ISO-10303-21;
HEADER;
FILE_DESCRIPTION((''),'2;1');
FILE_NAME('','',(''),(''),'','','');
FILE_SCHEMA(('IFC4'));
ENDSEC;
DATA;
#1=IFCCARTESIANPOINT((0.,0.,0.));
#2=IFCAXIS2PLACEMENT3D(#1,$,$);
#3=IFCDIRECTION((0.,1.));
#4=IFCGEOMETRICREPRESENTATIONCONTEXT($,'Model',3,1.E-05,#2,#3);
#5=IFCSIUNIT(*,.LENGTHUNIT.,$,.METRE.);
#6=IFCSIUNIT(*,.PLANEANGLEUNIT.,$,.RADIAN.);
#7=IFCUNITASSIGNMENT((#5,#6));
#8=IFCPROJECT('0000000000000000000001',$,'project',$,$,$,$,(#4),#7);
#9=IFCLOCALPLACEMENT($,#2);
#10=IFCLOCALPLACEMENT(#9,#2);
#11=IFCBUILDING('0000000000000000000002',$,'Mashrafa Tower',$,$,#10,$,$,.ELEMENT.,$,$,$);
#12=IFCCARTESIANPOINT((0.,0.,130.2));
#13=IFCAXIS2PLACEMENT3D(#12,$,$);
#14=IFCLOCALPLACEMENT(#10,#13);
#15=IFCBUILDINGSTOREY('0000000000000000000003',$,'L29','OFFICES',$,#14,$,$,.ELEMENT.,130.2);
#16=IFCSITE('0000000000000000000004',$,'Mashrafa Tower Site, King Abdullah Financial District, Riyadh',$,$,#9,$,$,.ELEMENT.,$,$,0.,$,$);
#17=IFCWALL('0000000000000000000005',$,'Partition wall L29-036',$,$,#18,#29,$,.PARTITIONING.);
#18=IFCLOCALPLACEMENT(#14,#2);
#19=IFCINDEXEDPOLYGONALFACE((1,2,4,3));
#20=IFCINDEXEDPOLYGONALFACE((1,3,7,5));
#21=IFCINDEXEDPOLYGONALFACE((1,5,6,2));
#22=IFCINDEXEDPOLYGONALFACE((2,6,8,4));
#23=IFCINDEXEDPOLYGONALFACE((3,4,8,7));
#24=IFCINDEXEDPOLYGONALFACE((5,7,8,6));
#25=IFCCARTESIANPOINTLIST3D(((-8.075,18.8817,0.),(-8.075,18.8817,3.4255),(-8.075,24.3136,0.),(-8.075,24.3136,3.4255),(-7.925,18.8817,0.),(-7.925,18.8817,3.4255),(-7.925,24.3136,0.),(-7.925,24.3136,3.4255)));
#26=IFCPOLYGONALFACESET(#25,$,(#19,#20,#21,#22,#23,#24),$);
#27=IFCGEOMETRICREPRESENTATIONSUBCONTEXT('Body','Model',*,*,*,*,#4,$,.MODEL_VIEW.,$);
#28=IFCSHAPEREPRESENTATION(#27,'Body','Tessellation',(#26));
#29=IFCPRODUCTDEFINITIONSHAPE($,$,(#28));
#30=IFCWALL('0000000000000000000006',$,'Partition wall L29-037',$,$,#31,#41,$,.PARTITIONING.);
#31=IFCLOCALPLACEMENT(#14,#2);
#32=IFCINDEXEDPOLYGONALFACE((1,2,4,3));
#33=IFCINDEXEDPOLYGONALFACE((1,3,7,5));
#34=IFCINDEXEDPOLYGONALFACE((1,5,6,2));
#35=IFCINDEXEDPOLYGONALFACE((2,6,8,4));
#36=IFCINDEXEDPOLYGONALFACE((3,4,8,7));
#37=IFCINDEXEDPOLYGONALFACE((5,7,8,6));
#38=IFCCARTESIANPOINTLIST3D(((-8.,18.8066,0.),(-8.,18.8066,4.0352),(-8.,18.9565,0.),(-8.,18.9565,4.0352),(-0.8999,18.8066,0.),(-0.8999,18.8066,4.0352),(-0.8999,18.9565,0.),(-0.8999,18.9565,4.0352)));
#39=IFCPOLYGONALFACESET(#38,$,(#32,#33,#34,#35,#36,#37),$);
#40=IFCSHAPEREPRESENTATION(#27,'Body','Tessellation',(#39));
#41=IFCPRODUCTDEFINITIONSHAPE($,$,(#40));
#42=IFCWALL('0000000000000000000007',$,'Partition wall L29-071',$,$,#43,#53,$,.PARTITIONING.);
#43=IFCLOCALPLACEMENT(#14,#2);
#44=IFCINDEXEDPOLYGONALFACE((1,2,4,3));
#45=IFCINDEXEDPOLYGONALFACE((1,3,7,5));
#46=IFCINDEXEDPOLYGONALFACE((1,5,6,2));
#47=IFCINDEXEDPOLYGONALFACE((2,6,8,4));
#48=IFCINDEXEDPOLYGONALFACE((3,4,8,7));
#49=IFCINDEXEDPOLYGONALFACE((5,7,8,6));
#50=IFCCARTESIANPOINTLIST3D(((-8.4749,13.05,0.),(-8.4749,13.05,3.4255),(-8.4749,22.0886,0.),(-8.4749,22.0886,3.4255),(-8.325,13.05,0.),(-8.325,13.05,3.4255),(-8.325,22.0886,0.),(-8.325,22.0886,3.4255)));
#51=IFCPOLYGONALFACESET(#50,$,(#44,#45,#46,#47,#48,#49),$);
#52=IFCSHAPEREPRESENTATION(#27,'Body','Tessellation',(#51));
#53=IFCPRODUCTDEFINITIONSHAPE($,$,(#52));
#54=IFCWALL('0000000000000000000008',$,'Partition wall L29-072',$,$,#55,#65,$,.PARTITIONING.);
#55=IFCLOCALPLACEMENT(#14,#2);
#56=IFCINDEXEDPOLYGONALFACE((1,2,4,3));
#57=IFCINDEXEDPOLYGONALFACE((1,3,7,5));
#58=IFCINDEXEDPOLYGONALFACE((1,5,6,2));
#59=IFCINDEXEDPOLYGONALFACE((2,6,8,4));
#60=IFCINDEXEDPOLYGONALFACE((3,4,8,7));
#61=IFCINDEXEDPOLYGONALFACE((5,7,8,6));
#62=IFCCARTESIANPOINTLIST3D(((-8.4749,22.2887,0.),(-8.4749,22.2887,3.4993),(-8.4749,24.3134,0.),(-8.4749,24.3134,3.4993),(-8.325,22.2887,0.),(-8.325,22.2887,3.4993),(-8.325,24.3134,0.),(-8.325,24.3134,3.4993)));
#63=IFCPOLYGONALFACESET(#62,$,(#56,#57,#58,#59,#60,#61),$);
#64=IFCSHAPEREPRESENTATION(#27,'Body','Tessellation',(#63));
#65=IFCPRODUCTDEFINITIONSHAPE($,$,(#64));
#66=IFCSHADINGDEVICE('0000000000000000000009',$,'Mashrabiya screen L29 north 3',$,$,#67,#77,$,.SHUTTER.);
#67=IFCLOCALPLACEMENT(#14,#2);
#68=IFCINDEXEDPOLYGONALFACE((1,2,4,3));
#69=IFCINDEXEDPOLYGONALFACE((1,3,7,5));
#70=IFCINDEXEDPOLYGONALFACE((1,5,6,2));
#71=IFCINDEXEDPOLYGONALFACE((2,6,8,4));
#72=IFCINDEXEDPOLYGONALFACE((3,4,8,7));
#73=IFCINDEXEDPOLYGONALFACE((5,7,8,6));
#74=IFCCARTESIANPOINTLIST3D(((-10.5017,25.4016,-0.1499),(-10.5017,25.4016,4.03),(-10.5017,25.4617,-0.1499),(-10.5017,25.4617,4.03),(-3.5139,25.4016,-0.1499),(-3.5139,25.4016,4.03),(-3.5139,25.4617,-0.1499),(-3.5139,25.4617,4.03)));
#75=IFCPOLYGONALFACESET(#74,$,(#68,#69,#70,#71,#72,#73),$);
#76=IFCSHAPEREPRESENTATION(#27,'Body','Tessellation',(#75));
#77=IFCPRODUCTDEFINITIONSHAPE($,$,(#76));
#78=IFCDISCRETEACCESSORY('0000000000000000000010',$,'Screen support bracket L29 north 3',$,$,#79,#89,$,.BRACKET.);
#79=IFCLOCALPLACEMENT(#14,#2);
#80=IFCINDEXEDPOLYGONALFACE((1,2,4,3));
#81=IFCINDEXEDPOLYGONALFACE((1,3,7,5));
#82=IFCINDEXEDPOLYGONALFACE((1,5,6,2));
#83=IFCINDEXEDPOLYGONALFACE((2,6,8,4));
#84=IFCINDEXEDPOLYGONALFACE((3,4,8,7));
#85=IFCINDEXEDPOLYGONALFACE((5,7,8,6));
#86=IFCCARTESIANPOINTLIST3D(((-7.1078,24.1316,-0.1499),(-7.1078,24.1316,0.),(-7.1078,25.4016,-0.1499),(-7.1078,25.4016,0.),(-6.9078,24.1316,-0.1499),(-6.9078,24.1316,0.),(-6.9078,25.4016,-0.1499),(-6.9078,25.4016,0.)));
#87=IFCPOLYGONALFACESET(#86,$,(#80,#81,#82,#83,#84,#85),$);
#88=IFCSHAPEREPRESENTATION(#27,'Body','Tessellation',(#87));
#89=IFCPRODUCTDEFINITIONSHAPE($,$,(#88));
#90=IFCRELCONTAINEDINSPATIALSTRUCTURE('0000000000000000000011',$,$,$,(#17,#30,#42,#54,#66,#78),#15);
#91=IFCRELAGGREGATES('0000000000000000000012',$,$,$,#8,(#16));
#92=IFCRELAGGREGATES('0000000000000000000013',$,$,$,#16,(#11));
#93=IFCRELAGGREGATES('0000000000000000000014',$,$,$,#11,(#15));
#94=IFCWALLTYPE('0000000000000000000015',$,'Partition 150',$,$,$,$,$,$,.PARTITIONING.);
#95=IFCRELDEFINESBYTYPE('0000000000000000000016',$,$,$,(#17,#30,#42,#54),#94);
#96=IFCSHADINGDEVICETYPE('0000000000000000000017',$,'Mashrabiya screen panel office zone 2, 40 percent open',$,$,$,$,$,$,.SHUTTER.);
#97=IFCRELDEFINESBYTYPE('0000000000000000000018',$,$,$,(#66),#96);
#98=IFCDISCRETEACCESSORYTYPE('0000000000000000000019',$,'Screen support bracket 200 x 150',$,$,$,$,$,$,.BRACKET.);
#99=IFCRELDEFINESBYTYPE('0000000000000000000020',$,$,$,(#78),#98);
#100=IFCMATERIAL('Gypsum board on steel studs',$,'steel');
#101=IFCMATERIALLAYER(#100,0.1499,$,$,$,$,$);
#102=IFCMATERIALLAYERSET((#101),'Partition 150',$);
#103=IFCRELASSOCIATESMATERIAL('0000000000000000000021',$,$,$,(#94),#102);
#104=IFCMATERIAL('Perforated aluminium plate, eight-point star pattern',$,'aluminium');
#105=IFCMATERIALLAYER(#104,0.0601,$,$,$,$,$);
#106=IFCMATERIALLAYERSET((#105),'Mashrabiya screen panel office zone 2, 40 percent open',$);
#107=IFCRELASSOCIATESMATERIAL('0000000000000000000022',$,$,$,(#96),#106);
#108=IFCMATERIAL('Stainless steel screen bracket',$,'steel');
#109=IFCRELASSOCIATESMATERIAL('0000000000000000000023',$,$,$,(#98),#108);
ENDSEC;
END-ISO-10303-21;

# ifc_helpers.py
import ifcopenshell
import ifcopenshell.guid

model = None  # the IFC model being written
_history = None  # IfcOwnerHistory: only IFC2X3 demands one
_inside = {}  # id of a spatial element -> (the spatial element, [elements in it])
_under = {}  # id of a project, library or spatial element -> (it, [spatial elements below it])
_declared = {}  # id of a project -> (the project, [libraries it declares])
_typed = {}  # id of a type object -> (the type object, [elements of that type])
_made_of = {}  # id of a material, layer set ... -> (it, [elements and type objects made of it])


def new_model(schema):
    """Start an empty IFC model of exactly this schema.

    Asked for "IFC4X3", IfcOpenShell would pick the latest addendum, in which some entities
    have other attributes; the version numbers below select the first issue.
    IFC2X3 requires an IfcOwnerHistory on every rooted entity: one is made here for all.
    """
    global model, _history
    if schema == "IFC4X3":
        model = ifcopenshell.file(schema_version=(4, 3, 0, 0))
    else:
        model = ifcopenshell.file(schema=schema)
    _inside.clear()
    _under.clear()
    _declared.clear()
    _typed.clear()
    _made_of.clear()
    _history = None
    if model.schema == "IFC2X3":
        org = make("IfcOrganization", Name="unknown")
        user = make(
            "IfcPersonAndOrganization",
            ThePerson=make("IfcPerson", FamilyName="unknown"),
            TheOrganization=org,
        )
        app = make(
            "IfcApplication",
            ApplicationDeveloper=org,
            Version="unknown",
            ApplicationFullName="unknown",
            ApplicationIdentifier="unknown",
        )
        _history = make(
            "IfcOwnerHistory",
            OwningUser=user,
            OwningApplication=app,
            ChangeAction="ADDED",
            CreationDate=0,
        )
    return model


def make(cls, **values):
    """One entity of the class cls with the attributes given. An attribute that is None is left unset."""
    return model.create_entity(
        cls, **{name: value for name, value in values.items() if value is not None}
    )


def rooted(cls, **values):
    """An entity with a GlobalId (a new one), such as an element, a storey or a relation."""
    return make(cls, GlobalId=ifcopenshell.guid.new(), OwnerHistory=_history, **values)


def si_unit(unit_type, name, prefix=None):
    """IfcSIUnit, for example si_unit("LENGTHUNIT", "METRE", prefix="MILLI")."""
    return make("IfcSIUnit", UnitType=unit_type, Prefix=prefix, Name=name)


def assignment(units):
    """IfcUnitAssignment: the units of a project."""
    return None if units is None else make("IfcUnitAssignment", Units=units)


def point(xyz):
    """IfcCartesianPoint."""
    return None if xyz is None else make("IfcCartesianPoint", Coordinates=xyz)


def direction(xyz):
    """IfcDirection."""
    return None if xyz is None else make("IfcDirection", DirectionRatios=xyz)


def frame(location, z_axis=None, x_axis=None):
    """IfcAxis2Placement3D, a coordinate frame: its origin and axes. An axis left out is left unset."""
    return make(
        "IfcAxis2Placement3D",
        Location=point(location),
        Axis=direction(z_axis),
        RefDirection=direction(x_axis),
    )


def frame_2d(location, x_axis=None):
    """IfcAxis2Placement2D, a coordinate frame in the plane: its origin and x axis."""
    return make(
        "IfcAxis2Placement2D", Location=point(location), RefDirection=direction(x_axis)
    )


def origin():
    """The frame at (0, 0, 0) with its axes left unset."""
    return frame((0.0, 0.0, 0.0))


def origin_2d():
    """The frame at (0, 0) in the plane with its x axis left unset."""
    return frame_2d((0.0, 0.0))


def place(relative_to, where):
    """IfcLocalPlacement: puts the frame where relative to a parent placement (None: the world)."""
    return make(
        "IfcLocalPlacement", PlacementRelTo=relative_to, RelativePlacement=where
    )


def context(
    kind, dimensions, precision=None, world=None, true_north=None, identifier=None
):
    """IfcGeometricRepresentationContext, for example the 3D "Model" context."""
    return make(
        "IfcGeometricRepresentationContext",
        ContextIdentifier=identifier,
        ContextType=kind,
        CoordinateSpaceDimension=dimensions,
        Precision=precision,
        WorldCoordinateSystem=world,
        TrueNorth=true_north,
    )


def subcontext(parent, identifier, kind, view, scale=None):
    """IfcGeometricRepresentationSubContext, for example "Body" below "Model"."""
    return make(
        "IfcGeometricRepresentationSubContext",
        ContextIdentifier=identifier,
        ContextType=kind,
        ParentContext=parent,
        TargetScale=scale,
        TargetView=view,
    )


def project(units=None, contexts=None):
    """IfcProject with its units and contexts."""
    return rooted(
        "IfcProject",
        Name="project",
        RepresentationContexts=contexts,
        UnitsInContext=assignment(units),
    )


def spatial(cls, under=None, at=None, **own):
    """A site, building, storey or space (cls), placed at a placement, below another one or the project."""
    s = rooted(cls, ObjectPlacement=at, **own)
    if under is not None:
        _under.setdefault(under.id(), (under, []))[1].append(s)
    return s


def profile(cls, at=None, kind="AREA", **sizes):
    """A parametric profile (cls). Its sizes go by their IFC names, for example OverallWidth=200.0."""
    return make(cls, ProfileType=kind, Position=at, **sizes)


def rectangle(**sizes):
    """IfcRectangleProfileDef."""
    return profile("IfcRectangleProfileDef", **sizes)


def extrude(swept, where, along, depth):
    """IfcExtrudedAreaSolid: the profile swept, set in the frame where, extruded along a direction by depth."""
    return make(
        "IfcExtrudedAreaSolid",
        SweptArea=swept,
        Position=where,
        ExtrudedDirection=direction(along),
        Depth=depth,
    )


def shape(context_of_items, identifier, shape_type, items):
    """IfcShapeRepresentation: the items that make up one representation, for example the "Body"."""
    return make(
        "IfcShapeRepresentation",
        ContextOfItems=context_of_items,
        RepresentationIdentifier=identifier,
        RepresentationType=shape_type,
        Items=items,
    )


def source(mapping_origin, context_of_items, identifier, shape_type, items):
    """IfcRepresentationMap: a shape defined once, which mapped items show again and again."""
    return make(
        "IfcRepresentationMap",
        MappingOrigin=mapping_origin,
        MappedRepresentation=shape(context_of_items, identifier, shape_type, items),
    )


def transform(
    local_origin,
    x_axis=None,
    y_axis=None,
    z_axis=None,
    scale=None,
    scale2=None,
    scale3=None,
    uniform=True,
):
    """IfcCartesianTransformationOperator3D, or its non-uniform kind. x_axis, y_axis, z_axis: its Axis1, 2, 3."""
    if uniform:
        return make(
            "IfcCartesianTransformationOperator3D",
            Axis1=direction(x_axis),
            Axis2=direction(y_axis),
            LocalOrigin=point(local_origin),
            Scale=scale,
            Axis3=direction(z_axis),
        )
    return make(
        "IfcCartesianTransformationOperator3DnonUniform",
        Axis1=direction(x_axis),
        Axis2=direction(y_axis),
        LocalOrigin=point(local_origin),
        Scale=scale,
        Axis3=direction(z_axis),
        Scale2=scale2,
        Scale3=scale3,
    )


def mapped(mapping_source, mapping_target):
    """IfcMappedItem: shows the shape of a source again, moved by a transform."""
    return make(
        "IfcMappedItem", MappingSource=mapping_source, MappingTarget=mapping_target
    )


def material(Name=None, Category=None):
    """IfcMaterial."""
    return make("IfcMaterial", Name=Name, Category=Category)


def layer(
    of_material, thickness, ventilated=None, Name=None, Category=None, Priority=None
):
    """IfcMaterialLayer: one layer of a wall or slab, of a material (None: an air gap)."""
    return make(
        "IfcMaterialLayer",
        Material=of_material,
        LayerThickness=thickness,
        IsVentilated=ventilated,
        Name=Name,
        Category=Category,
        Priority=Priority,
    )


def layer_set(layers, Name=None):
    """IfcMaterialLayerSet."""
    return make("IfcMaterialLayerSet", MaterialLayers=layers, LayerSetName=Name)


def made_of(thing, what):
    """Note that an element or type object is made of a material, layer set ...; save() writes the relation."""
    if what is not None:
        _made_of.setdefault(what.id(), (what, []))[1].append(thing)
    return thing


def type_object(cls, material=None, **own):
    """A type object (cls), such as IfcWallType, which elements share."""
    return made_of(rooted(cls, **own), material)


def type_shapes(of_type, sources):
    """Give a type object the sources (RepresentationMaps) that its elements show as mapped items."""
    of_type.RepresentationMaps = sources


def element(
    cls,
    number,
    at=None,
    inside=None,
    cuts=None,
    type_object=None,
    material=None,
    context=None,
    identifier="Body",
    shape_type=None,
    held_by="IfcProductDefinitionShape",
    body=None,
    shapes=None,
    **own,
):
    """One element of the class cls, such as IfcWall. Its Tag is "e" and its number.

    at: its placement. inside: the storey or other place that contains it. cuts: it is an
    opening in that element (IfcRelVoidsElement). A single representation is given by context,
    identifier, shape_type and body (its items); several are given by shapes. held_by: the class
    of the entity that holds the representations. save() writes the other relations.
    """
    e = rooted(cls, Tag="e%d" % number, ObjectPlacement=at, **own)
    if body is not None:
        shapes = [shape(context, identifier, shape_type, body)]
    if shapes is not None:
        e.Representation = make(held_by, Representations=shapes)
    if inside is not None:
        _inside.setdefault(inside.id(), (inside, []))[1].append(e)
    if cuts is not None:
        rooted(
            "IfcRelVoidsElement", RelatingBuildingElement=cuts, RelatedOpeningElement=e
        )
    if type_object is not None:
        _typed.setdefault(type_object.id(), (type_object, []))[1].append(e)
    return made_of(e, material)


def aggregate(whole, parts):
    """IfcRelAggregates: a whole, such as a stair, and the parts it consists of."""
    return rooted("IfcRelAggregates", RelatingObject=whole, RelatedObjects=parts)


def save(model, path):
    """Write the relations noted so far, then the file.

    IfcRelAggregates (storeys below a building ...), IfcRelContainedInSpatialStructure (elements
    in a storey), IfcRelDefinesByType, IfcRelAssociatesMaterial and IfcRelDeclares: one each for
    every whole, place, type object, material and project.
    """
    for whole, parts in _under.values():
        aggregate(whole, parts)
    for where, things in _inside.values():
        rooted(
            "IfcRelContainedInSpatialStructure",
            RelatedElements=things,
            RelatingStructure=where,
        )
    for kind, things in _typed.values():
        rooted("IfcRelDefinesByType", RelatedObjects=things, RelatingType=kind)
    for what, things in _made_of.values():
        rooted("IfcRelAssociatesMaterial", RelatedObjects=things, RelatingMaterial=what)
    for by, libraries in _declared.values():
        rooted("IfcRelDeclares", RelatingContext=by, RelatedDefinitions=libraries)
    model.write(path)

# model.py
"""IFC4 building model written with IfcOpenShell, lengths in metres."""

from ifc_helpers import new_model, si_unit, direction, frame, frame_2d, origin, origin_2d, place, context, subcontext, project, spatial, rectangle, extrude, source, transform, mapped, material, layer, layer_set, type_object, type_shapes, element, save


model = new_model("IFC4")

# Units and contexts
model_context = context("Model", 3, precision=1e-05, world=origin(), true_north=direction((0.0, 1.0)))
body_context = subcontext(model_context, "Body", "Model", "MODEL_VIEW")
ifc_project = project(units=[si_unit("LENGTHUNIT", "METRE"), si_unit("PLANEANGLEUNIT", "RADIAN")], contexts=[model_context])

# Site, building, storey
site_placement = place(None, origin())
site = spatial("IfcSite", under=ifc_project, at=site_placement, Name="Mashrafa Tower Site, King Abdullah Financial District, Riyadh", CompositionType="ELEMENT", RefElevation=0.0)
building_placement = place(site_placement, origin())
building = spatial("IfcBuilding", under=site, at=building_placement, Name="Mashrafa Tower", CompositionType="ELEMENT")
storey_placement = place(building_placement, frame((0.0, 0.0, 130.2)))
storey = spatial("IfcBuildingStorey", under=building, at=storey_placement, Name="L29", Description="OFFICES", CompositionType="ELEMENT", Elevation=130.2)

# Walls
ifc_material_1 = material(Name="Gypsum board on steel studs", Category="steel")
ifc_layer_1 = layer(ifc_material_1, 0.1499)
ifc_layer_set_1 = layer_set([ifc_layer_1], Name="Partition 150")
wall_type_1 = type_object("IfcWallType", Name="Partition 150", PredefinedType="PARTITIONING", material=ifc_layer_set_1)
wall_1_placement = place(storey_placement, frame((-8.0, 24.3135, 0.0), z_axis=(0.0, 0.0, 1.0), x_axis=(0.0, -1.0, 0.0)))
element("IfcWall", 1, at=wall_1_placement, inside=storey, type_object=wall_type_1, Name="Partition wall L29-036", PredefinedType="PARTITIONING", context=body_context, shape_type="SweptSolid", body=[
    extrude(rectangle(XDim=5.4319, YDim=0.1499, at=frame_2d((2.7158, 0.0))), origin(), (0.0, 0.0, 1.0), 3.4255),
])
wall_2_placement = place(storey_placement, frame((-8.0, 18.8816, 0.0), z_axis=(0.0, 0.0, 1.0), x_axis=(1.0, 0.0, 0.0)))
element("IfcWall", 2, at=wall_2_placement, inside=storey, type_object=wall_type_1, Name="Partition wall L29-037", PredefinedType="PARTITIONING", context=body_context, shape_type="SweptSolid", body=[
    extrude(rectangle(XDim=7.1001, YDim=0.1499, at=frame_2d((3.55, 0.0))), origin(), (0.0, 0.0, 1.0), 4.0352),
])
wall_3_placement = place(storey_placement, frame((-8.3999, 13.05, 0.0), z_axis=(0.0, 0.0, 1.0), x_axis=(0.0, 1.0, 0.0)))
element("IfcWall", 3, at=wall_3_placement, inside=storey, type_object=wall_type_1, Name="Partition wall L29-071", PredefinedType="PARTITIONING", context=body_context, shape_type="SweptSolid", body=[
    extrude(rectangle(XDim=9.0386, YDim=0.1499, at=frame_2d((4.5193, 0.0))), origin(), (0.0, 0.0, 1.0), 3.4255),
])
wall_4_placement = place(storey_placement, frame((-8.3999, 22.2888, 0.0), z_axis=(0.0, 0.0, 1.0), x_axis=(0.0, 1.0, 0.0)))
element("IfcWall", 4, at=wall_4_placement, inside=storey, type_object=wall_type_1, Name="Partition wall L29-072", PredefinedType="PARTITIONING", context=body_context, shape_type="SweptSolid", body=[
    extrude(rectangle(XDim=2.0247, YDim=0.1499, at=frame_2d((1.0122, 0.0))), origin(), (0.0, 0.0, 1.0), 3.4993),
])

# Shading device
ifc_material_2 = material(Name="Perforated aluminium plate, eight-point star pattern", Category="aluminium")
ifc_layer_2 = layer(ifc_material_2, 0.0601)
ifc_layer_set_2 = layer_set([ifc_layer_2], Name="Mashrabiya screen panel office zone 2, 40 percent open")
shading_device_type = type_object("IfcShadingDeviceType", Name="Mashrabiya screen panel office zone 2, 40 percent open", PredefinedType="SHUTTER", material=ifc_layer_set_2)
shared_shape_1 = source(origin(), body_context, "Body", "SweptSolid", [
    extrude(rectangle(XDim=6.9878, YDim=0.0601, at=origin_2d()), origin(), (0.0, 0.0, 1.0), 4.1799),
])
type_shapes(shading_device_type, [shared_shape_1])
shading_device_placement = place(storey_placement, frame((-7.0078, 25.4316, -0.1499), z_axis=(0.0, 0.0, 1.0), x_axis=(-1.0, 0.0, 0.0)))
element("IfcShadingDevice", 5, at=shading_device_placement, inside=storey, type_object=shading_device_type, Name="Mashrabiya screen L29 north 3", PredefinedType="SHUTTER", context=body_context, shape_type="MappedRepresentation", body=[
    mapped(shared_shape_1, transform((0.0, 0.0, 0.0))),
])

# Discrete accessory
ifc_material_3 = material(Name="Stainless steel screen bracket", Category="steel")
discrete_accessory_type = type_object("IfcDiscreteAccessoryType", Name="Screen support bracket 200 x 150", PredefinedType="BRACKET", material=ifc_material_3)
shared_shape_2 = source(origin(), body_context, "Body", "SweptSolid", [
    extrude(rectangle(XDim=0.2, YDim=1.27, at=origin_2d()), origin(), (0.0, 0.0, 1.0), 0.1499),
])
type_shapes(discrete_accessory_type, [shared_shape_2])
discrete_accessory_placement = place(storey_placement, frame((-7.0078, 24.7666, -0.1499), z_axis=(0.0, 0.0, 1.0), x_axis=(-1.0, 0.0, 0.0)))
element("IfcDiscreteAccessory", 6, at=discrete_accessory_placement, inside=storey, type_object=discrete_accessory_type, Name="Screen support bracket L29 north 3", PredefinedType="BRACKET", context=body_context, shape_type="MappedRepresentation", body=[
    mapped(shared_shape_2, transform((0.0, 0.0, 0.0))),
])

save(model, "model.ifc")
